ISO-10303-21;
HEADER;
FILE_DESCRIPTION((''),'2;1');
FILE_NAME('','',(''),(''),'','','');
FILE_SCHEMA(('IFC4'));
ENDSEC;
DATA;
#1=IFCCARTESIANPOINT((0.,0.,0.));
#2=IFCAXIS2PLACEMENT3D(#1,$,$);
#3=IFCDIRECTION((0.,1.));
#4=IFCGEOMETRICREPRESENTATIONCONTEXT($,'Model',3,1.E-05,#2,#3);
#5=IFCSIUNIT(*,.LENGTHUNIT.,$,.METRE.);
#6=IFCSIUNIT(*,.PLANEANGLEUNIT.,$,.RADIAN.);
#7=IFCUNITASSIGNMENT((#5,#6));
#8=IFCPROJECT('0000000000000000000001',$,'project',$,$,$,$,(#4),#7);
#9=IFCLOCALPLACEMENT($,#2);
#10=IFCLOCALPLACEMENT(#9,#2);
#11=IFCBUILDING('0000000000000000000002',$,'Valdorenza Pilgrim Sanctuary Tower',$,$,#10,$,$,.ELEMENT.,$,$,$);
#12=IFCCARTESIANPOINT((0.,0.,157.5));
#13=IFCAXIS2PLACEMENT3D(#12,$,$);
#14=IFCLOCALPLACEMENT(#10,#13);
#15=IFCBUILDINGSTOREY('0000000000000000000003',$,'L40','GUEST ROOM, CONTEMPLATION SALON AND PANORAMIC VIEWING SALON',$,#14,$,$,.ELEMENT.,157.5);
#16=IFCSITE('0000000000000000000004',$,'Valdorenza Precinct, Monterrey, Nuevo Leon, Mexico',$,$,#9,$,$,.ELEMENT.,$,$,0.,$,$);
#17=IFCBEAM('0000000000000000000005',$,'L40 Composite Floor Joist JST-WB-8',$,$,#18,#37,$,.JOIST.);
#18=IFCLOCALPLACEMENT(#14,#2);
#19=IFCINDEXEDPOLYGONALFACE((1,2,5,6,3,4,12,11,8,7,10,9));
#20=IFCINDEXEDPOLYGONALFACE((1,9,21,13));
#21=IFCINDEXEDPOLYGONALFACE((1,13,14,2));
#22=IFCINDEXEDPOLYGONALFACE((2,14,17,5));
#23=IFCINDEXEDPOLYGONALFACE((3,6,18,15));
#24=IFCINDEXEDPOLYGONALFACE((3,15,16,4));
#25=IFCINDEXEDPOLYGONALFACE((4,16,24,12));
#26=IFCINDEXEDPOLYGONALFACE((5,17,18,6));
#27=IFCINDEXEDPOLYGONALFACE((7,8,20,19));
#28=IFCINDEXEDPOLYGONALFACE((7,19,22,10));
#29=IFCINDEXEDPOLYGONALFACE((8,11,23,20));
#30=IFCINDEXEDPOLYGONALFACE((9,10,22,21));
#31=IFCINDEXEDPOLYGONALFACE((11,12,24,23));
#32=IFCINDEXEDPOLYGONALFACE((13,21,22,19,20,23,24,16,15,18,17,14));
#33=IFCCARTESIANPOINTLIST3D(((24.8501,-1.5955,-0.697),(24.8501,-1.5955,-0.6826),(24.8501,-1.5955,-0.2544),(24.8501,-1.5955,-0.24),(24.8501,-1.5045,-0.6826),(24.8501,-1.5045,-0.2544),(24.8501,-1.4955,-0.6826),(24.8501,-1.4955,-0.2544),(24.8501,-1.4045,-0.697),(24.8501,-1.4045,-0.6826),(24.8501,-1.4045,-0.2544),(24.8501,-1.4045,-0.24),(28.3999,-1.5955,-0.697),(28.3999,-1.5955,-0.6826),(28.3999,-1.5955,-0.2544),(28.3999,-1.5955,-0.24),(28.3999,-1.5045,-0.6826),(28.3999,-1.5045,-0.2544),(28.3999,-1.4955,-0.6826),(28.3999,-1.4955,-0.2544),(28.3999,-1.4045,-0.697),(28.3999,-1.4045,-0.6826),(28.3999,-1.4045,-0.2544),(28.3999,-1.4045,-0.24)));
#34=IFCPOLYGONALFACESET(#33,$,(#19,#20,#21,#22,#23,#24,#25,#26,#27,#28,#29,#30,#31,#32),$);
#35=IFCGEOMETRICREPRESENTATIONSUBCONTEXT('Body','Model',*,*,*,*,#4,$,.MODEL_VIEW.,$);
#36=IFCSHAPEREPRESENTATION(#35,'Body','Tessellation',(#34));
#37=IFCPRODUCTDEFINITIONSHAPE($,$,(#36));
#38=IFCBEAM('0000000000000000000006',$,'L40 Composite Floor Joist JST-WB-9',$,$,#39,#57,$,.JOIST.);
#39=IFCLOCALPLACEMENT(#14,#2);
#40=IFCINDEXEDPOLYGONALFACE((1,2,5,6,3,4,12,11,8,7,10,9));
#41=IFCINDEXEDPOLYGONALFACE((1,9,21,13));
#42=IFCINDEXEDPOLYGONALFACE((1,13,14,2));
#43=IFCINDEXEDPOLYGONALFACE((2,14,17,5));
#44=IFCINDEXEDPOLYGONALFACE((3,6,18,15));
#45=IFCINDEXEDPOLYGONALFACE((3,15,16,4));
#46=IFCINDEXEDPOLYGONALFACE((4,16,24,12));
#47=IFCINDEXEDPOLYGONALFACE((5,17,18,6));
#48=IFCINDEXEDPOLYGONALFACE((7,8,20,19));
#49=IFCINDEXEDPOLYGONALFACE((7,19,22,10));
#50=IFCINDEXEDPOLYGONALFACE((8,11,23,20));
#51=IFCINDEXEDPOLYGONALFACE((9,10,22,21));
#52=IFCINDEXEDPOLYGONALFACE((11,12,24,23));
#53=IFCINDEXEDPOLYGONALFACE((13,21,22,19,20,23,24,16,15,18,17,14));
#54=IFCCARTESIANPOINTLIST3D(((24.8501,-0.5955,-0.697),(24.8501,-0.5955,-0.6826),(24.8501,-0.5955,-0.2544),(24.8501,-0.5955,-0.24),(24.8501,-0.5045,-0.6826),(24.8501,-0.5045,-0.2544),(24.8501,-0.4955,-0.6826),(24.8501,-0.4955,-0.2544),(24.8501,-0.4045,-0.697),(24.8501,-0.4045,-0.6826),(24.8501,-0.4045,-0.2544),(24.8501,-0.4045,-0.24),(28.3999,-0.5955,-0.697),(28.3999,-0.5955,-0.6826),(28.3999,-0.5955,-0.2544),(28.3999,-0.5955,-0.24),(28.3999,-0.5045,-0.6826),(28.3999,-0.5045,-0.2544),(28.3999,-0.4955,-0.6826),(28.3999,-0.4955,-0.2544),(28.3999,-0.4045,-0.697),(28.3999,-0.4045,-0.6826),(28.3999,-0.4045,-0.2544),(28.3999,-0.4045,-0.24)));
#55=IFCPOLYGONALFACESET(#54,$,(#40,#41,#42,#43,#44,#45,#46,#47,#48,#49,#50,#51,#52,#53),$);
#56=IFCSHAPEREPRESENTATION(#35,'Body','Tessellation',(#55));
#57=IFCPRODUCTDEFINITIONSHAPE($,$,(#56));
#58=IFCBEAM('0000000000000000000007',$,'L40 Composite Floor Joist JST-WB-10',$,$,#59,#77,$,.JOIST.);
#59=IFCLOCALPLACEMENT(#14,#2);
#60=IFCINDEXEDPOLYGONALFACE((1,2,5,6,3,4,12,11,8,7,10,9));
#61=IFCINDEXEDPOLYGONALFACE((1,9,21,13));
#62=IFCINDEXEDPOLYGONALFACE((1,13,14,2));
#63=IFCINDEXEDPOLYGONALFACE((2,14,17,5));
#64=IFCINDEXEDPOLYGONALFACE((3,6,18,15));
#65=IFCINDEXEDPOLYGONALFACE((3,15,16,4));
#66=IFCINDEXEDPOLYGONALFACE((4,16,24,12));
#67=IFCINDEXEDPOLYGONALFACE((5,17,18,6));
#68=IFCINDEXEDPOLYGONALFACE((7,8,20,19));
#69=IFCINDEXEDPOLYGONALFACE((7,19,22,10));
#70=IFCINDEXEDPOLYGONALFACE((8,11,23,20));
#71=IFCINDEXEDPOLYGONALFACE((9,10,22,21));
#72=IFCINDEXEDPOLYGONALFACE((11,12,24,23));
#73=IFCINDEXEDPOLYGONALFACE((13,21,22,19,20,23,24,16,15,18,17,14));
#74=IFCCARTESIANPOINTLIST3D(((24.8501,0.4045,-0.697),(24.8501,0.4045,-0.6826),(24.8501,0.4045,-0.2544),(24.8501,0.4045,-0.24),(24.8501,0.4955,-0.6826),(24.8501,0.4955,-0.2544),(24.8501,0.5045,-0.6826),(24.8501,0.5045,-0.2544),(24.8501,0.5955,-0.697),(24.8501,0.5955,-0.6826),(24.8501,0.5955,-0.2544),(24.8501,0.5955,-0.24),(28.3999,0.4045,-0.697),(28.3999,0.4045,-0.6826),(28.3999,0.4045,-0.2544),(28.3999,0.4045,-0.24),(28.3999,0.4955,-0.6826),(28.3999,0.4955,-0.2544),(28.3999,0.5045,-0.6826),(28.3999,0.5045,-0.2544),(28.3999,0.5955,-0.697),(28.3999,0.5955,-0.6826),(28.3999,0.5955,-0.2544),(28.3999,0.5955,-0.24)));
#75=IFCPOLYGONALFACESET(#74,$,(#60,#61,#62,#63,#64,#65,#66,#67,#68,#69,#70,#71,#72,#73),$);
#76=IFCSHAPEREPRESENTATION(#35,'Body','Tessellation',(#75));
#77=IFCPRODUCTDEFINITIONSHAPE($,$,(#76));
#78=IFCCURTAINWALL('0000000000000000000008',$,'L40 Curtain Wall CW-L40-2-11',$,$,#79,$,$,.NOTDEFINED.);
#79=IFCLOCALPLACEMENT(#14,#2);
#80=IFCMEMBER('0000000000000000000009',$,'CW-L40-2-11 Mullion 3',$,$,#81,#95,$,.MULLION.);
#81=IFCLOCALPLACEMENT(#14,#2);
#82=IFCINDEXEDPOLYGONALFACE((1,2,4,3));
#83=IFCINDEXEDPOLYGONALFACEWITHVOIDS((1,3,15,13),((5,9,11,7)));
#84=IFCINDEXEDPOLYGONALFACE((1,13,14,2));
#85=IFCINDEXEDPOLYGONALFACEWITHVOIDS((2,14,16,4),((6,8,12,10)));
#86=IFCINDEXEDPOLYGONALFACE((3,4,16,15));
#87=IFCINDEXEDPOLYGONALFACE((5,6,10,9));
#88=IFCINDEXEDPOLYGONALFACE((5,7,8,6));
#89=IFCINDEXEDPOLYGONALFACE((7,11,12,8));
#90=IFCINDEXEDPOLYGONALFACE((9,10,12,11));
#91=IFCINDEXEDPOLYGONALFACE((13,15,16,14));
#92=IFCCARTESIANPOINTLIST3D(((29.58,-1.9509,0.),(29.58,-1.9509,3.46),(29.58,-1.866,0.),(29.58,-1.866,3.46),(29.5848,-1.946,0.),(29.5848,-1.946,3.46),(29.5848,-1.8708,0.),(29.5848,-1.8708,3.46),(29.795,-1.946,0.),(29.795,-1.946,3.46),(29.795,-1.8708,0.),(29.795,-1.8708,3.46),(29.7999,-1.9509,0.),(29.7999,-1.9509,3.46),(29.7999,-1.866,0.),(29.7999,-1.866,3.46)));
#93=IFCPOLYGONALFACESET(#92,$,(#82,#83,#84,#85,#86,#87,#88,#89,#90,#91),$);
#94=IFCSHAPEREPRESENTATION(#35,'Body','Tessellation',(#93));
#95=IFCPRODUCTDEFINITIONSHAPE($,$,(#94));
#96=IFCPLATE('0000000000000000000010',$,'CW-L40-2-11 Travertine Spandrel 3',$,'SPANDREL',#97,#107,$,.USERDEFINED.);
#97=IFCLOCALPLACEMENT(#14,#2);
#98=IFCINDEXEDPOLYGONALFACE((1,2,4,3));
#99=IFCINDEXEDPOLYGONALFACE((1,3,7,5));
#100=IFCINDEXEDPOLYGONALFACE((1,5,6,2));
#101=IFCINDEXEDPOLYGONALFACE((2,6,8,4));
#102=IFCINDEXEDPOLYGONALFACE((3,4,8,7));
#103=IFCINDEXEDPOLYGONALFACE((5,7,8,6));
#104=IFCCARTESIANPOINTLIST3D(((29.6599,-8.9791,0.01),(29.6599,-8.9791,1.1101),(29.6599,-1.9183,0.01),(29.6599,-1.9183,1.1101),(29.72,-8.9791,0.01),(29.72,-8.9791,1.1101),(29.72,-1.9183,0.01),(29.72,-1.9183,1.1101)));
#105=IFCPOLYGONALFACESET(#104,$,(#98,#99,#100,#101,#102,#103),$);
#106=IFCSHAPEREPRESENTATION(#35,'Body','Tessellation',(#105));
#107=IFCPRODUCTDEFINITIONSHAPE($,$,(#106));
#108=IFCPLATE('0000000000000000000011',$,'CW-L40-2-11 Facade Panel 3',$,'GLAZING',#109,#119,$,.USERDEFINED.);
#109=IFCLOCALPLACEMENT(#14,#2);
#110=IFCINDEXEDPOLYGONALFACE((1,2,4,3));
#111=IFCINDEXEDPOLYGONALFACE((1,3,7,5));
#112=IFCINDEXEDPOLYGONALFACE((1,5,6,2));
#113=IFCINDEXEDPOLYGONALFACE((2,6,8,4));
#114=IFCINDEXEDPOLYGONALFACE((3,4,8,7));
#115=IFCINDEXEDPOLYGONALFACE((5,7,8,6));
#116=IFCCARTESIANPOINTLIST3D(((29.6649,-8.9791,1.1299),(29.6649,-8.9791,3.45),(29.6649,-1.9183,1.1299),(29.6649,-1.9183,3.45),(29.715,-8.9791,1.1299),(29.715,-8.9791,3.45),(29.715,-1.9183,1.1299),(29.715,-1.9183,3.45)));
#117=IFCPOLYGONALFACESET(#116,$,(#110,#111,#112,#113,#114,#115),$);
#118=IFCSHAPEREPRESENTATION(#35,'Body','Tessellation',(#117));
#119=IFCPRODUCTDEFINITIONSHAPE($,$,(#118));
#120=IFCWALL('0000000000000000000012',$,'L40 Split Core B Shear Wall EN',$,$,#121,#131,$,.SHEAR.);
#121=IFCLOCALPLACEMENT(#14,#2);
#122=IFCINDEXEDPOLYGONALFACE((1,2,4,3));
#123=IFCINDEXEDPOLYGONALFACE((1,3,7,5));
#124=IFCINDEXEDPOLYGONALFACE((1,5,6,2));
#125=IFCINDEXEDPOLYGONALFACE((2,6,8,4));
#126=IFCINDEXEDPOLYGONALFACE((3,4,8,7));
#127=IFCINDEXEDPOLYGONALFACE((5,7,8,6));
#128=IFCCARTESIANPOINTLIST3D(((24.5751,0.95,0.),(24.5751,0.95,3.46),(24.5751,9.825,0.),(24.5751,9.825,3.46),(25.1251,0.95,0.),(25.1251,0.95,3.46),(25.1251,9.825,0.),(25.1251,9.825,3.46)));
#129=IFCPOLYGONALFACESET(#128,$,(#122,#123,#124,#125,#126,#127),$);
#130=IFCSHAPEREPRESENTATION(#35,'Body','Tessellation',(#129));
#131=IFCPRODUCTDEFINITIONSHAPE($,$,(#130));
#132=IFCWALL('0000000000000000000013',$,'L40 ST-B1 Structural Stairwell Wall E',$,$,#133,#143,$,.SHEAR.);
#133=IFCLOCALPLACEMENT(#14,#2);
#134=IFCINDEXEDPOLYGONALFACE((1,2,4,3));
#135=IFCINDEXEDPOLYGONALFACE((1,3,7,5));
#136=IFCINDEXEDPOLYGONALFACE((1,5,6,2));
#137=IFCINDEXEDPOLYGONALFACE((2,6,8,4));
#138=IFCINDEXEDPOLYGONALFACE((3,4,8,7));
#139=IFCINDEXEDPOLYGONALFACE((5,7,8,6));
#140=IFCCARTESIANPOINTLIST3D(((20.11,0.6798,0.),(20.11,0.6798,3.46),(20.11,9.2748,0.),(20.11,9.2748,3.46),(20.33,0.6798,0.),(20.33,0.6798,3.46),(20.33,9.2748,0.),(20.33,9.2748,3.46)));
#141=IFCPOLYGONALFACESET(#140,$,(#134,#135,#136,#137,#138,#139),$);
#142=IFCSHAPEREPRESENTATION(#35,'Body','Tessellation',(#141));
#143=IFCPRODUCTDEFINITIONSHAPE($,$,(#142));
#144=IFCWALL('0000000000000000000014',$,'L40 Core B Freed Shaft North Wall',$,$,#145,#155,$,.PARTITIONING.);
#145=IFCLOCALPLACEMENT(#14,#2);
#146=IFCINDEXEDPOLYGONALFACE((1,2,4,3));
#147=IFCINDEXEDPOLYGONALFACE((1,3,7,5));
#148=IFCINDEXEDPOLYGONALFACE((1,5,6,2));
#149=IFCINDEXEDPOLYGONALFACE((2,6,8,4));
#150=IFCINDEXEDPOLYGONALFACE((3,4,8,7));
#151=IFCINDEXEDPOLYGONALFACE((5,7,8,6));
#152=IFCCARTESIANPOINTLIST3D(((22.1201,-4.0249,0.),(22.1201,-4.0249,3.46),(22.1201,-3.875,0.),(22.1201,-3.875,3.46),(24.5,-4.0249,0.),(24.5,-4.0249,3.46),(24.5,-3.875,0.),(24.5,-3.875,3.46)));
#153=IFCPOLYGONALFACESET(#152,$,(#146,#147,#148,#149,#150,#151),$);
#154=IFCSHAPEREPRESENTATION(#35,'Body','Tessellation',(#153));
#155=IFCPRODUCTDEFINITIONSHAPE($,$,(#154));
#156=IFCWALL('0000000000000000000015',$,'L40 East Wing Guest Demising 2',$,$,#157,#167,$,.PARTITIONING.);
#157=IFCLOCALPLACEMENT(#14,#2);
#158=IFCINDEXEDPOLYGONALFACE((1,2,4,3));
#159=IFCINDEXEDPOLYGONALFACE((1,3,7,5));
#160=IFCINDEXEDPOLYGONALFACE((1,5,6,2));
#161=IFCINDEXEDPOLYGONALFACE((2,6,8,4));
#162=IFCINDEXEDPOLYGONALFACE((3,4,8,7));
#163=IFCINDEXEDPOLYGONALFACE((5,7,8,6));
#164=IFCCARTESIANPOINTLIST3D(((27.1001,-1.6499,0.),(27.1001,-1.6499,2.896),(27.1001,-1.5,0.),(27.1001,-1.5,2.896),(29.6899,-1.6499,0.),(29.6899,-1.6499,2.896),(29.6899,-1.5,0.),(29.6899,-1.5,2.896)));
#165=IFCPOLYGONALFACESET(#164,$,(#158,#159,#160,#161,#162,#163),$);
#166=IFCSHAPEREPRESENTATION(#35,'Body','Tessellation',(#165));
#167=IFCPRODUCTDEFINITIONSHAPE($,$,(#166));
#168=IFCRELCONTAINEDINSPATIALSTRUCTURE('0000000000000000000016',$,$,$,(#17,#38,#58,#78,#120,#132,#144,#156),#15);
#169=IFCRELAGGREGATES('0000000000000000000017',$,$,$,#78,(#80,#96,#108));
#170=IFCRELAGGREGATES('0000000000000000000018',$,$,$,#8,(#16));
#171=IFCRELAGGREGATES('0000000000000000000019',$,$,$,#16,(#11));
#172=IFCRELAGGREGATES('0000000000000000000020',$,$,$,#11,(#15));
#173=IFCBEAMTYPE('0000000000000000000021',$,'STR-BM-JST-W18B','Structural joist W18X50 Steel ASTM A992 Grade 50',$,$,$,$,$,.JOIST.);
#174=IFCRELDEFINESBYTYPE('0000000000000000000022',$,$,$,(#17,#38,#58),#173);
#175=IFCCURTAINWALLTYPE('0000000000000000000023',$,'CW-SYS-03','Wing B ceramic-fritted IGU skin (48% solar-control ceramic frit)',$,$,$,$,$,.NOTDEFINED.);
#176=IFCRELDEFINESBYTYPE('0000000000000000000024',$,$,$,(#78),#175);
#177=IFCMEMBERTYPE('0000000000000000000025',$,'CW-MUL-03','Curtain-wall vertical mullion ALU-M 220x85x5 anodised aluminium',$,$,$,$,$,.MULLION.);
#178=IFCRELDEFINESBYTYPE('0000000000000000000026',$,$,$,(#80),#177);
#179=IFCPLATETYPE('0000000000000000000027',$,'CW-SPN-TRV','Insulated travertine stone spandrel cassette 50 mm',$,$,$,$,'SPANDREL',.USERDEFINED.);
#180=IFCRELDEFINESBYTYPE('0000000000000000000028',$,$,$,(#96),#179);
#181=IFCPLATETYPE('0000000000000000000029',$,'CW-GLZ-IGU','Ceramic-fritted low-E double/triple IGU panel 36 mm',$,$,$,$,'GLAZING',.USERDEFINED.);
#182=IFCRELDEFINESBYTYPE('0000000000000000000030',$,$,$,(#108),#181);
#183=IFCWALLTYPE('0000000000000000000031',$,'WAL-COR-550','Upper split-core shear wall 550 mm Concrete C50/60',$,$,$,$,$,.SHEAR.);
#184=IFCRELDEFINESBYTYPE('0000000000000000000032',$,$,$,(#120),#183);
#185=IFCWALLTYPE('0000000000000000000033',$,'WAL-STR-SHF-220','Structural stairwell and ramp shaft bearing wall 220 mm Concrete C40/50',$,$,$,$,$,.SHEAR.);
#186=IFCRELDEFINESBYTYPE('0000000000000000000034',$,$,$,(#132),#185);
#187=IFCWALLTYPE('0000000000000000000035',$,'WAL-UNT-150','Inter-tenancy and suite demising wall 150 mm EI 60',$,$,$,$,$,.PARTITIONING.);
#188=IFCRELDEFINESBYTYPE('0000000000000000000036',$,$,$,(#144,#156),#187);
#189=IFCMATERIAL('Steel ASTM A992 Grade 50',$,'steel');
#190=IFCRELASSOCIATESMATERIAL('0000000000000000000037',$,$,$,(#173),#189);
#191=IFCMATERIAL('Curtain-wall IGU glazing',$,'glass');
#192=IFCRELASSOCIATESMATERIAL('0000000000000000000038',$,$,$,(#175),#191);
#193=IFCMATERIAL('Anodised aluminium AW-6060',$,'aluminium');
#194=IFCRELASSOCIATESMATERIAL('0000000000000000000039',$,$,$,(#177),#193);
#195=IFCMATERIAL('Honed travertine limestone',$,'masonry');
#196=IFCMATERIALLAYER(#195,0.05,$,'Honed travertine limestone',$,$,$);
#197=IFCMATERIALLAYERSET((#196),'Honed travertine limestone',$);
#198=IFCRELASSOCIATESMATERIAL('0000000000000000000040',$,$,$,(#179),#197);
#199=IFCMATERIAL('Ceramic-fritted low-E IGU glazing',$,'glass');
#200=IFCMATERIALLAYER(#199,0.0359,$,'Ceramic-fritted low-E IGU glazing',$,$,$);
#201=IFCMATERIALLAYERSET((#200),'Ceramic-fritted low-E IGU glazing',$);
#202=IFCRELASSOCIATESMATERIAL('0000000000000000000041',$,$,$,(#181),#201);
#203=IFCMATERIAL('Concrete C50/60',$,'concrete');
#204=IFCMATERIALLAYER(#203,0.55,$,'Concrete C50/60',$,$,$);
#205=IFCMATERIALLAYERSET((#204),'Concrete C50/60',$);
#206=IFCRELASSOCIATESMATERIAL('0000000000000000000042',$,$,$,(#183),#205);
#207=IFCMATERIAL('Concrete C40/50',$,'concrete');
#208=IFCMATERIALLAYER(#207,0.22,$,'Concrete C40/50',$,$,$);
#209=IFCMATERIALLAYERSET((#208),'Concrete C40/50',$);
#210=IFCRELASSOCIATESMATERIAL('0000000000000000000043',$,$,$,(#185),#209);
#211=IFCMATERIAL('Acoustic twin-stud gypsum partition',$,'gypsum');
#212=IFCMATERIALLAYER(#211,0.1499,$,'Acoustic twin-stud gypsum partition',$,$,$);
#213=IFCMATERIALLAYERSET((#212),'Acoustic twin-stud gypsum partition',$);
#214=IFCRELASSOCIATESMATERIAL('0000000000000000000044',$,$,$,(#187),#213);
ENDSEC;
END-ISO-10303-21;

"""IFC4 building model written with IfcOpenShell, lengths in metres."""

from ifc_helpers import new_model, si_unit, direction, frame, frame_2d, origin, origin_2d, place, context, subcontext, project, spatial, rectangle, hollow_rectangle, i_section, extrude, source, transform, mapped, material, layer, layer_set, material_profile, profile_set, type_object, element, aggregate, save


model = new_model("IFC4")

# Units and contexts
model_context = context("Model", 3, precision=1e-05, world=origin(), true_north=direction((0.0, 1.0)))
body_context = subcontext(model_context, "Body", "Model", "MODEL_VIEW")
ifc_project = project(units=[si_unit("LENGTHUNIT", "METRE"), si_unit("PLANEANGLEUNIT", "RADIAN")], contexts=[model_context])

# Site, building, storey
site_placement = place(None, origin())
site = spatial("IfcSite", under=ifc_project, at=site_placement, Name="Valdorenza Precinct, Monterrey, Nuevo Leon, Mexico", CompositionType="ELEMENT", RefElevation=0.0)
building_placement = place(site_placement, origin())
building = spatial("IfcBuilding", under=site, at=building_placement, Name="Valdorenza Pilgrim Sanctuary Tower", CompositionType="ELEMENT")
storey_placement = place(building_placement, frame((0.0, 0.0, 157.5)))
storey = spatial("IfcBuildingStorey", under=building, at=storey_placement, Name="L40", Description="GUEST ROOM, CONTEMPLATION SALON AND PANORAMIC VIEWING SALON", CompositionType="ELEMENT", Elevation=157.5)

# Shared definitions
ifc_material_1 = material(Name="Steel ASTM A992 Grade 50", Category="steel")

# Beams
ifc_material_2 = material(Name="Concrete C50/60", Category="concrete")
ifc_material_profile_1 = material_profile(ifc_material_1, i_section(OverallWidth=0.1909, OverallDepth=0.457, WebThickness=0.009, FlangeThickness=0.0144, at=origin_2d()), Name="W18X50")
ifc_profile_set_1 = profile_set([ifc_material_profile_1], Name="Steel ASTM A992 Grade 50")
beam_type_1 = type_object("IfcBeamType", Name="STR-BM-JST-W18B", Description="Structural joist W18X50 Steel ASTM A992 Grade 50", PredefinedType="JOIST", material=ifc_profile_set_1)
shared_shape_1 = source(origin(), body_context, "Body", "SweptSolid", [
    extrude(i_section(OverallWidth=0.1909, OverallDepth=0.457, WebThickness=0.009, FlangeThickness=0.0144, at=origin_2d()), origin(), (0.0, 0.0, 1.0), 3.5498),
])
for number, where, z_axis, x_axis, name in (
    (1, (24.8501, -1.5, -0.4685), (1.0, 0.0, 0.0), (0.0, 1.0, 0.0), "L40 Composite Floor Joist JST-WB-8"),
    (2, (24.8501, -0.5, -0.4685), (1.0, 0.0, 0.0), (0.0, 1.0, 0.0), "L40 Composite Floor Joist JST-WB-9"),
    (3, (24.8501, 0.5, -0.4685), (1.0, 0.0, 0.0), (0.0, 1.0, 0.0), "L40 Composite Floor Joist JST-WB-10"),
):
    element("IfcBeam", number, at=place(storey_placement, frame(where, z_axis=z_axis, x_axis=x_axis)), inside=storey, type_object=beam_type_1, Name=name, PredefinedType="JOIST", context=body_context, shape_type="MappedRepresentation", body=[
        mapped(shared_shape_1, transform((0.0, 0.0, 0.0), x_axis=(1.0, 0.0, 0.0), y_axis=(0.0, 1.0, 0.0), z_axis=(0.0, 0.0, 1.0), scale=1.0)),
    ])

# Curtain wall, member, plates
ifc_material_3 = material(Name="Curtain-wall IGU glazing", Category="glass")
curtain_wall_type = type_object("IfcCurtainWallType", Name="CW-SYS-03", Description="Wing B ceramic-fritted IGU skin (48% solar-control ceramic frit)", PredefinedType="NOTDEFINED", material=ifc_material_3)
curtain_wall_placement = place(storey_placement, origin())
curtain_wall = element("IfcCurtainWall", 4, at=curtain_wall_placement, inside=storey, type_object=curtain_wall_type, Name="L40 Curtain Wall CW-L40-2-11", PredefinedType="NOTDEFINED")
ifc_material_4 = material(Name="Anodised aluminium AW-6060", Category="aluminium")
ifc_material_profile_2 = material_profile(ifc_material_4, hollow_rectangle(XDim=0.085, YDim=0.22, WallThickness=0.0049, at=origin_2d()), Name="ALU-M 220x85x5")
ifc_profile_set_2 = profile_set([ifc_material_profile_2], Name="Anodised aluminium AW-6060")
member_type = type_object("IfcMemberType", Name="CW-MUL-03", Description="Curtain-wall vertical mullion ALU-M 220x85x5 anodised aluminium", PredefinedType="MULLION", material=ifc_profile_set_2)
shared_shape_2 = source(origin(), body_context, "Body", "SweptSolid", [
    extrude(hollow_rectangle(XDim=0.085, YDim=0.22, WallThickness=0.0049, at=origin_2d()), origin(), (0.0, 0.0, 1.0), 3.46),
])
member_placement = place(storey_placement, frame((29.6899, -1.9084, 0.0), z_axis=(0.0, 0.0, 1.0), x_axis=(0.0, -1.0, 0.0)))
member = element("IfcMember", 5, at=member_placement, type_object=member_type, Name="CW-L40-2-11 Mullion 3", PredefinedType="MULLION", context=body_context, shape_type="MappedRepresentation", body=[
    mapped(shared_shape_2, transform((0.0, 0.0, 0.0), x_axis=(1.0, 0.0, 0.0), y_axis=(0.0, 1.0, 0.0), z_axis=(0.0, 0.0, 1.0), scale=1.0)),
])
ifc_material_5 = material(Name="Honed travertine limestone", Category="masonry")
ifc_layer_1 = layer(ifc_material_5, 0.05, Name="Honed travertine limestone")
ifc_layer_set_1 = layer_set([ifc_layer_1], Name="Honed travertine limestone")
plate_type_1 = type_object("IfcPlateType", Name="CW-SPN-TRV", Description="Insulated travertine stone spandrel cassette 50 mm", ElementType="SPANDREL", PredefinedType="USERDEFINED", material=ifc_layer_set_1)
shared_shape_3 = source(origin(), body_context, "Body", "SweptSolid", [
    extrude(rectangle(XDim=7.0608, YDim=0.0601, at=origin_2d()), origin(), (0.0, 0.0, 1.0), 1.1001),
])
plate_1_placement = place(storey_placement, frame((29.6899, -5.4487, 0.01), z_axis=(0.0, 0.0, 1.0), x_axis=(0.0, -1.0, 0.0)))
plate_1 = element("IfcPlate", 6, at=plate_1_placement, type_object=plate_type_1, Name="CW-L40-2-11 Travertine Spandrel 3", ObjectType="SPANDREL", PredefinedType="USERDEFINED", context=body_context, shape_type="MappedRepresentation", body=[
    mapped(shared_shape_3, transform((0.0, 0.0, 0.0), x_axis=(1.0, 0.0, 0.0), y_axis=(0.0, 1.0, 0.0), z_axis=(0.0, 0.0, 1.0), scale=1.0)),
])
ifc_material_6 = material(Name="Ceramic-fritted low-E IGU glazing", Category="glass")
ifc_layer_2 = layer(ifc_material_6, 0.0359, Name="Ceramic-fritted low-E IGU glazing")
ifc_layer_set_2 = layer_set([ifc_layer_2], Name="Ceramic-fritted low-E IGU glazing")
plate_type_2 = type_object("IfcPlateType", Name="CW-GLZ-IGU", Description="Ceramic-fritted low-E double/triple IGU panel 36 mm", ElementType="GLAZING", PredefinedType="USERDEFINED", material=ifc_layer_set_2)
shared_shape_4 = source(origin(), body_context, "Body", "SweptSolid", [
    extrude(rectangle(XDim=7.0608, YDim=0.05, at=origin_2d()), origin(), (0.0, 0.0, 1.0), 2.3201),
])
plate_2_placement = place(storey_placement, frame((29.6899, -5.4487, 1.1299), z_axis=(0.0, 0.0, 1.0), x_axis=(0.0, -1.0, 0.0)))
plate_2 = element("IfcPlate", 7, at=plate_2_placement, type_object=plate_type_2, Name="CW-L40-2-11 Facade Panel 3", ObjectType="GLAZING", PredefinedType="USERDEFINED", context=body_context, shape_type="MappedRepresentation", body=[
    mapped(shared_shape_4, transform((0.0, 0.0, 0.0), x_axis=(1.0, 0.0, 0.0), y_axis=(0.0, 1.0, 0.0), z_axis=(0.0, 0.0, 1.0), scale=1.0)),
])
aggregate(curtain_wall, [member, plate_1, plate_2])

# Wall
ifc_layer_3 = layer(ifc_material_2, 0.55, Name="Concrete C50/60")
ifc_layer_set_3 = layer_set([ifc_layer_3], Name="Concrete C50/60")
wall_type_1 = type_object("IfcWallType", Name="WAL-COR-550", Description="Upper split-core shear wall 550 mm Concrete C50/60", PredefinedType="SHEAR", material=ifc_layer_set_3)
wall_1_placement = place(storey_placement, frame((24.8501, 0.95, 0.0), z_axis=(0.0, 0.0, 1.0), x_axis=(0.0, 1.0, 0.0)))
element("IfcWall", 8, at=wall_1_placement, inside=storey, type_object=wall_type_1, Name="L40 Split Core B Shear Wall EN", PredefinedType="SHEAR", context=body_context, shape_type="SweptSolid", body=[
    extrude(rectangle(XDim=8.875, YDim=0.55, at=frame_2d((4.4375, 0.0))), origin(), (0.0, 0.0, 1.0), 3.46),
])

# Wall
ifc_material_7 = material(Name="Concrete C40/50", Category="concrete")
ifc_layer_4 = layer(ifc_material_7, 0.22, Name="Concrete C40/50")
ifc_layer_set_4 = layer_set([ifc_layer_4], Name="Concrete C40/50")
wall_type_2 = type_object("IfcWallType", Name="WAL-STR-SHF-220", Description="Structural stairwell and ramp shaft bearing wall 220 mm Concrete C40/50", PredefinedType="SHEAR", material=ifc_layer_set_4)
wall_2_placement = place(storey_placement, frame((20.22, 0.6799, 0.0), z_axis=(0.0, 0.0, 1.0), x_axis=(0.0, 1.0, 0.0)))
element("IfcWall", 9, at=wall_2_placement, inside=storey, type_object=wall_type_2, Name="L40 ST-B1 Structural Stairwell Wall E", PredefinedType="SHEAR", context=body_context, shape_type="SweptSolid", body=[
    extrude(rectangle(XDim=8.595, YDim=0.22, at=frame_2d((4.2974, 0.0))), origin(), (0.0, 0.0, 1.0), 3.46),
])

# Walls
ifc_material_8 = material(Name="Acoustic twin-stud gypsum partition", Category="gypsum")
ifc_layer_5 = layer(ifc_material_8, 0.1499, Name="Acoustic twin-stud gypsum partition")
ifc_layer_set_5 = layer_set([ifc_layer_5], Name="Acoustic twin-stud gypsum partition")
wall_type_3 = type_object("IfcWallType", Name="WAL-UNT-150", Description="Inter-tenancy and suite demising wall 150 mm EI 60", PredefinedType="PARTITIONING", material=ifc_layer_set_5)
wall_3_placement = place(storey_placement, frame((22.1201, -3.95, 0.0), z_axis=(0.0, 0.0, 1.0), x_axis=(1.0, 0.0, 0.0)))
element("IfcWall", 10, at=wall_3_placement, inside=storey, type_object=wall_type_3, Name="L40 Core B Freed Shaft North Wall", PredefinedType="PARTITIONING", context=body_context, shape_type="SweptSolid", body=[
    extrude(rectangle(XDim=2.3799, YDim=0.1499, at=frame_2d((1.1899, 0.0))), origin(), (0.0, 0.0, 1.0), 3.46),
])
wall_4_placement = place(storey_placement, frame((27.1001, -1.575, 0.0), z_axis=(0.0, 0.0, 1.0), x_axis=(1.0, 0.0, 0.0)))
element("IfcWall", 11, at=wall_4_placement, inside=storey, type_object=wall_type_3, Name="L40 East Wing Guest Demising 2", PredefinedType="PARTITIONING", context=body_context, shape_type="SweptSolid", body=[
    extrude(rectangle(XDim=2.5898, YDim=0.1499, at=frame_2d((1.2949, 0.0))), origin(), (0.0, 0.0, 1.0), 2.896),
])

save(model, "model.ifc")
